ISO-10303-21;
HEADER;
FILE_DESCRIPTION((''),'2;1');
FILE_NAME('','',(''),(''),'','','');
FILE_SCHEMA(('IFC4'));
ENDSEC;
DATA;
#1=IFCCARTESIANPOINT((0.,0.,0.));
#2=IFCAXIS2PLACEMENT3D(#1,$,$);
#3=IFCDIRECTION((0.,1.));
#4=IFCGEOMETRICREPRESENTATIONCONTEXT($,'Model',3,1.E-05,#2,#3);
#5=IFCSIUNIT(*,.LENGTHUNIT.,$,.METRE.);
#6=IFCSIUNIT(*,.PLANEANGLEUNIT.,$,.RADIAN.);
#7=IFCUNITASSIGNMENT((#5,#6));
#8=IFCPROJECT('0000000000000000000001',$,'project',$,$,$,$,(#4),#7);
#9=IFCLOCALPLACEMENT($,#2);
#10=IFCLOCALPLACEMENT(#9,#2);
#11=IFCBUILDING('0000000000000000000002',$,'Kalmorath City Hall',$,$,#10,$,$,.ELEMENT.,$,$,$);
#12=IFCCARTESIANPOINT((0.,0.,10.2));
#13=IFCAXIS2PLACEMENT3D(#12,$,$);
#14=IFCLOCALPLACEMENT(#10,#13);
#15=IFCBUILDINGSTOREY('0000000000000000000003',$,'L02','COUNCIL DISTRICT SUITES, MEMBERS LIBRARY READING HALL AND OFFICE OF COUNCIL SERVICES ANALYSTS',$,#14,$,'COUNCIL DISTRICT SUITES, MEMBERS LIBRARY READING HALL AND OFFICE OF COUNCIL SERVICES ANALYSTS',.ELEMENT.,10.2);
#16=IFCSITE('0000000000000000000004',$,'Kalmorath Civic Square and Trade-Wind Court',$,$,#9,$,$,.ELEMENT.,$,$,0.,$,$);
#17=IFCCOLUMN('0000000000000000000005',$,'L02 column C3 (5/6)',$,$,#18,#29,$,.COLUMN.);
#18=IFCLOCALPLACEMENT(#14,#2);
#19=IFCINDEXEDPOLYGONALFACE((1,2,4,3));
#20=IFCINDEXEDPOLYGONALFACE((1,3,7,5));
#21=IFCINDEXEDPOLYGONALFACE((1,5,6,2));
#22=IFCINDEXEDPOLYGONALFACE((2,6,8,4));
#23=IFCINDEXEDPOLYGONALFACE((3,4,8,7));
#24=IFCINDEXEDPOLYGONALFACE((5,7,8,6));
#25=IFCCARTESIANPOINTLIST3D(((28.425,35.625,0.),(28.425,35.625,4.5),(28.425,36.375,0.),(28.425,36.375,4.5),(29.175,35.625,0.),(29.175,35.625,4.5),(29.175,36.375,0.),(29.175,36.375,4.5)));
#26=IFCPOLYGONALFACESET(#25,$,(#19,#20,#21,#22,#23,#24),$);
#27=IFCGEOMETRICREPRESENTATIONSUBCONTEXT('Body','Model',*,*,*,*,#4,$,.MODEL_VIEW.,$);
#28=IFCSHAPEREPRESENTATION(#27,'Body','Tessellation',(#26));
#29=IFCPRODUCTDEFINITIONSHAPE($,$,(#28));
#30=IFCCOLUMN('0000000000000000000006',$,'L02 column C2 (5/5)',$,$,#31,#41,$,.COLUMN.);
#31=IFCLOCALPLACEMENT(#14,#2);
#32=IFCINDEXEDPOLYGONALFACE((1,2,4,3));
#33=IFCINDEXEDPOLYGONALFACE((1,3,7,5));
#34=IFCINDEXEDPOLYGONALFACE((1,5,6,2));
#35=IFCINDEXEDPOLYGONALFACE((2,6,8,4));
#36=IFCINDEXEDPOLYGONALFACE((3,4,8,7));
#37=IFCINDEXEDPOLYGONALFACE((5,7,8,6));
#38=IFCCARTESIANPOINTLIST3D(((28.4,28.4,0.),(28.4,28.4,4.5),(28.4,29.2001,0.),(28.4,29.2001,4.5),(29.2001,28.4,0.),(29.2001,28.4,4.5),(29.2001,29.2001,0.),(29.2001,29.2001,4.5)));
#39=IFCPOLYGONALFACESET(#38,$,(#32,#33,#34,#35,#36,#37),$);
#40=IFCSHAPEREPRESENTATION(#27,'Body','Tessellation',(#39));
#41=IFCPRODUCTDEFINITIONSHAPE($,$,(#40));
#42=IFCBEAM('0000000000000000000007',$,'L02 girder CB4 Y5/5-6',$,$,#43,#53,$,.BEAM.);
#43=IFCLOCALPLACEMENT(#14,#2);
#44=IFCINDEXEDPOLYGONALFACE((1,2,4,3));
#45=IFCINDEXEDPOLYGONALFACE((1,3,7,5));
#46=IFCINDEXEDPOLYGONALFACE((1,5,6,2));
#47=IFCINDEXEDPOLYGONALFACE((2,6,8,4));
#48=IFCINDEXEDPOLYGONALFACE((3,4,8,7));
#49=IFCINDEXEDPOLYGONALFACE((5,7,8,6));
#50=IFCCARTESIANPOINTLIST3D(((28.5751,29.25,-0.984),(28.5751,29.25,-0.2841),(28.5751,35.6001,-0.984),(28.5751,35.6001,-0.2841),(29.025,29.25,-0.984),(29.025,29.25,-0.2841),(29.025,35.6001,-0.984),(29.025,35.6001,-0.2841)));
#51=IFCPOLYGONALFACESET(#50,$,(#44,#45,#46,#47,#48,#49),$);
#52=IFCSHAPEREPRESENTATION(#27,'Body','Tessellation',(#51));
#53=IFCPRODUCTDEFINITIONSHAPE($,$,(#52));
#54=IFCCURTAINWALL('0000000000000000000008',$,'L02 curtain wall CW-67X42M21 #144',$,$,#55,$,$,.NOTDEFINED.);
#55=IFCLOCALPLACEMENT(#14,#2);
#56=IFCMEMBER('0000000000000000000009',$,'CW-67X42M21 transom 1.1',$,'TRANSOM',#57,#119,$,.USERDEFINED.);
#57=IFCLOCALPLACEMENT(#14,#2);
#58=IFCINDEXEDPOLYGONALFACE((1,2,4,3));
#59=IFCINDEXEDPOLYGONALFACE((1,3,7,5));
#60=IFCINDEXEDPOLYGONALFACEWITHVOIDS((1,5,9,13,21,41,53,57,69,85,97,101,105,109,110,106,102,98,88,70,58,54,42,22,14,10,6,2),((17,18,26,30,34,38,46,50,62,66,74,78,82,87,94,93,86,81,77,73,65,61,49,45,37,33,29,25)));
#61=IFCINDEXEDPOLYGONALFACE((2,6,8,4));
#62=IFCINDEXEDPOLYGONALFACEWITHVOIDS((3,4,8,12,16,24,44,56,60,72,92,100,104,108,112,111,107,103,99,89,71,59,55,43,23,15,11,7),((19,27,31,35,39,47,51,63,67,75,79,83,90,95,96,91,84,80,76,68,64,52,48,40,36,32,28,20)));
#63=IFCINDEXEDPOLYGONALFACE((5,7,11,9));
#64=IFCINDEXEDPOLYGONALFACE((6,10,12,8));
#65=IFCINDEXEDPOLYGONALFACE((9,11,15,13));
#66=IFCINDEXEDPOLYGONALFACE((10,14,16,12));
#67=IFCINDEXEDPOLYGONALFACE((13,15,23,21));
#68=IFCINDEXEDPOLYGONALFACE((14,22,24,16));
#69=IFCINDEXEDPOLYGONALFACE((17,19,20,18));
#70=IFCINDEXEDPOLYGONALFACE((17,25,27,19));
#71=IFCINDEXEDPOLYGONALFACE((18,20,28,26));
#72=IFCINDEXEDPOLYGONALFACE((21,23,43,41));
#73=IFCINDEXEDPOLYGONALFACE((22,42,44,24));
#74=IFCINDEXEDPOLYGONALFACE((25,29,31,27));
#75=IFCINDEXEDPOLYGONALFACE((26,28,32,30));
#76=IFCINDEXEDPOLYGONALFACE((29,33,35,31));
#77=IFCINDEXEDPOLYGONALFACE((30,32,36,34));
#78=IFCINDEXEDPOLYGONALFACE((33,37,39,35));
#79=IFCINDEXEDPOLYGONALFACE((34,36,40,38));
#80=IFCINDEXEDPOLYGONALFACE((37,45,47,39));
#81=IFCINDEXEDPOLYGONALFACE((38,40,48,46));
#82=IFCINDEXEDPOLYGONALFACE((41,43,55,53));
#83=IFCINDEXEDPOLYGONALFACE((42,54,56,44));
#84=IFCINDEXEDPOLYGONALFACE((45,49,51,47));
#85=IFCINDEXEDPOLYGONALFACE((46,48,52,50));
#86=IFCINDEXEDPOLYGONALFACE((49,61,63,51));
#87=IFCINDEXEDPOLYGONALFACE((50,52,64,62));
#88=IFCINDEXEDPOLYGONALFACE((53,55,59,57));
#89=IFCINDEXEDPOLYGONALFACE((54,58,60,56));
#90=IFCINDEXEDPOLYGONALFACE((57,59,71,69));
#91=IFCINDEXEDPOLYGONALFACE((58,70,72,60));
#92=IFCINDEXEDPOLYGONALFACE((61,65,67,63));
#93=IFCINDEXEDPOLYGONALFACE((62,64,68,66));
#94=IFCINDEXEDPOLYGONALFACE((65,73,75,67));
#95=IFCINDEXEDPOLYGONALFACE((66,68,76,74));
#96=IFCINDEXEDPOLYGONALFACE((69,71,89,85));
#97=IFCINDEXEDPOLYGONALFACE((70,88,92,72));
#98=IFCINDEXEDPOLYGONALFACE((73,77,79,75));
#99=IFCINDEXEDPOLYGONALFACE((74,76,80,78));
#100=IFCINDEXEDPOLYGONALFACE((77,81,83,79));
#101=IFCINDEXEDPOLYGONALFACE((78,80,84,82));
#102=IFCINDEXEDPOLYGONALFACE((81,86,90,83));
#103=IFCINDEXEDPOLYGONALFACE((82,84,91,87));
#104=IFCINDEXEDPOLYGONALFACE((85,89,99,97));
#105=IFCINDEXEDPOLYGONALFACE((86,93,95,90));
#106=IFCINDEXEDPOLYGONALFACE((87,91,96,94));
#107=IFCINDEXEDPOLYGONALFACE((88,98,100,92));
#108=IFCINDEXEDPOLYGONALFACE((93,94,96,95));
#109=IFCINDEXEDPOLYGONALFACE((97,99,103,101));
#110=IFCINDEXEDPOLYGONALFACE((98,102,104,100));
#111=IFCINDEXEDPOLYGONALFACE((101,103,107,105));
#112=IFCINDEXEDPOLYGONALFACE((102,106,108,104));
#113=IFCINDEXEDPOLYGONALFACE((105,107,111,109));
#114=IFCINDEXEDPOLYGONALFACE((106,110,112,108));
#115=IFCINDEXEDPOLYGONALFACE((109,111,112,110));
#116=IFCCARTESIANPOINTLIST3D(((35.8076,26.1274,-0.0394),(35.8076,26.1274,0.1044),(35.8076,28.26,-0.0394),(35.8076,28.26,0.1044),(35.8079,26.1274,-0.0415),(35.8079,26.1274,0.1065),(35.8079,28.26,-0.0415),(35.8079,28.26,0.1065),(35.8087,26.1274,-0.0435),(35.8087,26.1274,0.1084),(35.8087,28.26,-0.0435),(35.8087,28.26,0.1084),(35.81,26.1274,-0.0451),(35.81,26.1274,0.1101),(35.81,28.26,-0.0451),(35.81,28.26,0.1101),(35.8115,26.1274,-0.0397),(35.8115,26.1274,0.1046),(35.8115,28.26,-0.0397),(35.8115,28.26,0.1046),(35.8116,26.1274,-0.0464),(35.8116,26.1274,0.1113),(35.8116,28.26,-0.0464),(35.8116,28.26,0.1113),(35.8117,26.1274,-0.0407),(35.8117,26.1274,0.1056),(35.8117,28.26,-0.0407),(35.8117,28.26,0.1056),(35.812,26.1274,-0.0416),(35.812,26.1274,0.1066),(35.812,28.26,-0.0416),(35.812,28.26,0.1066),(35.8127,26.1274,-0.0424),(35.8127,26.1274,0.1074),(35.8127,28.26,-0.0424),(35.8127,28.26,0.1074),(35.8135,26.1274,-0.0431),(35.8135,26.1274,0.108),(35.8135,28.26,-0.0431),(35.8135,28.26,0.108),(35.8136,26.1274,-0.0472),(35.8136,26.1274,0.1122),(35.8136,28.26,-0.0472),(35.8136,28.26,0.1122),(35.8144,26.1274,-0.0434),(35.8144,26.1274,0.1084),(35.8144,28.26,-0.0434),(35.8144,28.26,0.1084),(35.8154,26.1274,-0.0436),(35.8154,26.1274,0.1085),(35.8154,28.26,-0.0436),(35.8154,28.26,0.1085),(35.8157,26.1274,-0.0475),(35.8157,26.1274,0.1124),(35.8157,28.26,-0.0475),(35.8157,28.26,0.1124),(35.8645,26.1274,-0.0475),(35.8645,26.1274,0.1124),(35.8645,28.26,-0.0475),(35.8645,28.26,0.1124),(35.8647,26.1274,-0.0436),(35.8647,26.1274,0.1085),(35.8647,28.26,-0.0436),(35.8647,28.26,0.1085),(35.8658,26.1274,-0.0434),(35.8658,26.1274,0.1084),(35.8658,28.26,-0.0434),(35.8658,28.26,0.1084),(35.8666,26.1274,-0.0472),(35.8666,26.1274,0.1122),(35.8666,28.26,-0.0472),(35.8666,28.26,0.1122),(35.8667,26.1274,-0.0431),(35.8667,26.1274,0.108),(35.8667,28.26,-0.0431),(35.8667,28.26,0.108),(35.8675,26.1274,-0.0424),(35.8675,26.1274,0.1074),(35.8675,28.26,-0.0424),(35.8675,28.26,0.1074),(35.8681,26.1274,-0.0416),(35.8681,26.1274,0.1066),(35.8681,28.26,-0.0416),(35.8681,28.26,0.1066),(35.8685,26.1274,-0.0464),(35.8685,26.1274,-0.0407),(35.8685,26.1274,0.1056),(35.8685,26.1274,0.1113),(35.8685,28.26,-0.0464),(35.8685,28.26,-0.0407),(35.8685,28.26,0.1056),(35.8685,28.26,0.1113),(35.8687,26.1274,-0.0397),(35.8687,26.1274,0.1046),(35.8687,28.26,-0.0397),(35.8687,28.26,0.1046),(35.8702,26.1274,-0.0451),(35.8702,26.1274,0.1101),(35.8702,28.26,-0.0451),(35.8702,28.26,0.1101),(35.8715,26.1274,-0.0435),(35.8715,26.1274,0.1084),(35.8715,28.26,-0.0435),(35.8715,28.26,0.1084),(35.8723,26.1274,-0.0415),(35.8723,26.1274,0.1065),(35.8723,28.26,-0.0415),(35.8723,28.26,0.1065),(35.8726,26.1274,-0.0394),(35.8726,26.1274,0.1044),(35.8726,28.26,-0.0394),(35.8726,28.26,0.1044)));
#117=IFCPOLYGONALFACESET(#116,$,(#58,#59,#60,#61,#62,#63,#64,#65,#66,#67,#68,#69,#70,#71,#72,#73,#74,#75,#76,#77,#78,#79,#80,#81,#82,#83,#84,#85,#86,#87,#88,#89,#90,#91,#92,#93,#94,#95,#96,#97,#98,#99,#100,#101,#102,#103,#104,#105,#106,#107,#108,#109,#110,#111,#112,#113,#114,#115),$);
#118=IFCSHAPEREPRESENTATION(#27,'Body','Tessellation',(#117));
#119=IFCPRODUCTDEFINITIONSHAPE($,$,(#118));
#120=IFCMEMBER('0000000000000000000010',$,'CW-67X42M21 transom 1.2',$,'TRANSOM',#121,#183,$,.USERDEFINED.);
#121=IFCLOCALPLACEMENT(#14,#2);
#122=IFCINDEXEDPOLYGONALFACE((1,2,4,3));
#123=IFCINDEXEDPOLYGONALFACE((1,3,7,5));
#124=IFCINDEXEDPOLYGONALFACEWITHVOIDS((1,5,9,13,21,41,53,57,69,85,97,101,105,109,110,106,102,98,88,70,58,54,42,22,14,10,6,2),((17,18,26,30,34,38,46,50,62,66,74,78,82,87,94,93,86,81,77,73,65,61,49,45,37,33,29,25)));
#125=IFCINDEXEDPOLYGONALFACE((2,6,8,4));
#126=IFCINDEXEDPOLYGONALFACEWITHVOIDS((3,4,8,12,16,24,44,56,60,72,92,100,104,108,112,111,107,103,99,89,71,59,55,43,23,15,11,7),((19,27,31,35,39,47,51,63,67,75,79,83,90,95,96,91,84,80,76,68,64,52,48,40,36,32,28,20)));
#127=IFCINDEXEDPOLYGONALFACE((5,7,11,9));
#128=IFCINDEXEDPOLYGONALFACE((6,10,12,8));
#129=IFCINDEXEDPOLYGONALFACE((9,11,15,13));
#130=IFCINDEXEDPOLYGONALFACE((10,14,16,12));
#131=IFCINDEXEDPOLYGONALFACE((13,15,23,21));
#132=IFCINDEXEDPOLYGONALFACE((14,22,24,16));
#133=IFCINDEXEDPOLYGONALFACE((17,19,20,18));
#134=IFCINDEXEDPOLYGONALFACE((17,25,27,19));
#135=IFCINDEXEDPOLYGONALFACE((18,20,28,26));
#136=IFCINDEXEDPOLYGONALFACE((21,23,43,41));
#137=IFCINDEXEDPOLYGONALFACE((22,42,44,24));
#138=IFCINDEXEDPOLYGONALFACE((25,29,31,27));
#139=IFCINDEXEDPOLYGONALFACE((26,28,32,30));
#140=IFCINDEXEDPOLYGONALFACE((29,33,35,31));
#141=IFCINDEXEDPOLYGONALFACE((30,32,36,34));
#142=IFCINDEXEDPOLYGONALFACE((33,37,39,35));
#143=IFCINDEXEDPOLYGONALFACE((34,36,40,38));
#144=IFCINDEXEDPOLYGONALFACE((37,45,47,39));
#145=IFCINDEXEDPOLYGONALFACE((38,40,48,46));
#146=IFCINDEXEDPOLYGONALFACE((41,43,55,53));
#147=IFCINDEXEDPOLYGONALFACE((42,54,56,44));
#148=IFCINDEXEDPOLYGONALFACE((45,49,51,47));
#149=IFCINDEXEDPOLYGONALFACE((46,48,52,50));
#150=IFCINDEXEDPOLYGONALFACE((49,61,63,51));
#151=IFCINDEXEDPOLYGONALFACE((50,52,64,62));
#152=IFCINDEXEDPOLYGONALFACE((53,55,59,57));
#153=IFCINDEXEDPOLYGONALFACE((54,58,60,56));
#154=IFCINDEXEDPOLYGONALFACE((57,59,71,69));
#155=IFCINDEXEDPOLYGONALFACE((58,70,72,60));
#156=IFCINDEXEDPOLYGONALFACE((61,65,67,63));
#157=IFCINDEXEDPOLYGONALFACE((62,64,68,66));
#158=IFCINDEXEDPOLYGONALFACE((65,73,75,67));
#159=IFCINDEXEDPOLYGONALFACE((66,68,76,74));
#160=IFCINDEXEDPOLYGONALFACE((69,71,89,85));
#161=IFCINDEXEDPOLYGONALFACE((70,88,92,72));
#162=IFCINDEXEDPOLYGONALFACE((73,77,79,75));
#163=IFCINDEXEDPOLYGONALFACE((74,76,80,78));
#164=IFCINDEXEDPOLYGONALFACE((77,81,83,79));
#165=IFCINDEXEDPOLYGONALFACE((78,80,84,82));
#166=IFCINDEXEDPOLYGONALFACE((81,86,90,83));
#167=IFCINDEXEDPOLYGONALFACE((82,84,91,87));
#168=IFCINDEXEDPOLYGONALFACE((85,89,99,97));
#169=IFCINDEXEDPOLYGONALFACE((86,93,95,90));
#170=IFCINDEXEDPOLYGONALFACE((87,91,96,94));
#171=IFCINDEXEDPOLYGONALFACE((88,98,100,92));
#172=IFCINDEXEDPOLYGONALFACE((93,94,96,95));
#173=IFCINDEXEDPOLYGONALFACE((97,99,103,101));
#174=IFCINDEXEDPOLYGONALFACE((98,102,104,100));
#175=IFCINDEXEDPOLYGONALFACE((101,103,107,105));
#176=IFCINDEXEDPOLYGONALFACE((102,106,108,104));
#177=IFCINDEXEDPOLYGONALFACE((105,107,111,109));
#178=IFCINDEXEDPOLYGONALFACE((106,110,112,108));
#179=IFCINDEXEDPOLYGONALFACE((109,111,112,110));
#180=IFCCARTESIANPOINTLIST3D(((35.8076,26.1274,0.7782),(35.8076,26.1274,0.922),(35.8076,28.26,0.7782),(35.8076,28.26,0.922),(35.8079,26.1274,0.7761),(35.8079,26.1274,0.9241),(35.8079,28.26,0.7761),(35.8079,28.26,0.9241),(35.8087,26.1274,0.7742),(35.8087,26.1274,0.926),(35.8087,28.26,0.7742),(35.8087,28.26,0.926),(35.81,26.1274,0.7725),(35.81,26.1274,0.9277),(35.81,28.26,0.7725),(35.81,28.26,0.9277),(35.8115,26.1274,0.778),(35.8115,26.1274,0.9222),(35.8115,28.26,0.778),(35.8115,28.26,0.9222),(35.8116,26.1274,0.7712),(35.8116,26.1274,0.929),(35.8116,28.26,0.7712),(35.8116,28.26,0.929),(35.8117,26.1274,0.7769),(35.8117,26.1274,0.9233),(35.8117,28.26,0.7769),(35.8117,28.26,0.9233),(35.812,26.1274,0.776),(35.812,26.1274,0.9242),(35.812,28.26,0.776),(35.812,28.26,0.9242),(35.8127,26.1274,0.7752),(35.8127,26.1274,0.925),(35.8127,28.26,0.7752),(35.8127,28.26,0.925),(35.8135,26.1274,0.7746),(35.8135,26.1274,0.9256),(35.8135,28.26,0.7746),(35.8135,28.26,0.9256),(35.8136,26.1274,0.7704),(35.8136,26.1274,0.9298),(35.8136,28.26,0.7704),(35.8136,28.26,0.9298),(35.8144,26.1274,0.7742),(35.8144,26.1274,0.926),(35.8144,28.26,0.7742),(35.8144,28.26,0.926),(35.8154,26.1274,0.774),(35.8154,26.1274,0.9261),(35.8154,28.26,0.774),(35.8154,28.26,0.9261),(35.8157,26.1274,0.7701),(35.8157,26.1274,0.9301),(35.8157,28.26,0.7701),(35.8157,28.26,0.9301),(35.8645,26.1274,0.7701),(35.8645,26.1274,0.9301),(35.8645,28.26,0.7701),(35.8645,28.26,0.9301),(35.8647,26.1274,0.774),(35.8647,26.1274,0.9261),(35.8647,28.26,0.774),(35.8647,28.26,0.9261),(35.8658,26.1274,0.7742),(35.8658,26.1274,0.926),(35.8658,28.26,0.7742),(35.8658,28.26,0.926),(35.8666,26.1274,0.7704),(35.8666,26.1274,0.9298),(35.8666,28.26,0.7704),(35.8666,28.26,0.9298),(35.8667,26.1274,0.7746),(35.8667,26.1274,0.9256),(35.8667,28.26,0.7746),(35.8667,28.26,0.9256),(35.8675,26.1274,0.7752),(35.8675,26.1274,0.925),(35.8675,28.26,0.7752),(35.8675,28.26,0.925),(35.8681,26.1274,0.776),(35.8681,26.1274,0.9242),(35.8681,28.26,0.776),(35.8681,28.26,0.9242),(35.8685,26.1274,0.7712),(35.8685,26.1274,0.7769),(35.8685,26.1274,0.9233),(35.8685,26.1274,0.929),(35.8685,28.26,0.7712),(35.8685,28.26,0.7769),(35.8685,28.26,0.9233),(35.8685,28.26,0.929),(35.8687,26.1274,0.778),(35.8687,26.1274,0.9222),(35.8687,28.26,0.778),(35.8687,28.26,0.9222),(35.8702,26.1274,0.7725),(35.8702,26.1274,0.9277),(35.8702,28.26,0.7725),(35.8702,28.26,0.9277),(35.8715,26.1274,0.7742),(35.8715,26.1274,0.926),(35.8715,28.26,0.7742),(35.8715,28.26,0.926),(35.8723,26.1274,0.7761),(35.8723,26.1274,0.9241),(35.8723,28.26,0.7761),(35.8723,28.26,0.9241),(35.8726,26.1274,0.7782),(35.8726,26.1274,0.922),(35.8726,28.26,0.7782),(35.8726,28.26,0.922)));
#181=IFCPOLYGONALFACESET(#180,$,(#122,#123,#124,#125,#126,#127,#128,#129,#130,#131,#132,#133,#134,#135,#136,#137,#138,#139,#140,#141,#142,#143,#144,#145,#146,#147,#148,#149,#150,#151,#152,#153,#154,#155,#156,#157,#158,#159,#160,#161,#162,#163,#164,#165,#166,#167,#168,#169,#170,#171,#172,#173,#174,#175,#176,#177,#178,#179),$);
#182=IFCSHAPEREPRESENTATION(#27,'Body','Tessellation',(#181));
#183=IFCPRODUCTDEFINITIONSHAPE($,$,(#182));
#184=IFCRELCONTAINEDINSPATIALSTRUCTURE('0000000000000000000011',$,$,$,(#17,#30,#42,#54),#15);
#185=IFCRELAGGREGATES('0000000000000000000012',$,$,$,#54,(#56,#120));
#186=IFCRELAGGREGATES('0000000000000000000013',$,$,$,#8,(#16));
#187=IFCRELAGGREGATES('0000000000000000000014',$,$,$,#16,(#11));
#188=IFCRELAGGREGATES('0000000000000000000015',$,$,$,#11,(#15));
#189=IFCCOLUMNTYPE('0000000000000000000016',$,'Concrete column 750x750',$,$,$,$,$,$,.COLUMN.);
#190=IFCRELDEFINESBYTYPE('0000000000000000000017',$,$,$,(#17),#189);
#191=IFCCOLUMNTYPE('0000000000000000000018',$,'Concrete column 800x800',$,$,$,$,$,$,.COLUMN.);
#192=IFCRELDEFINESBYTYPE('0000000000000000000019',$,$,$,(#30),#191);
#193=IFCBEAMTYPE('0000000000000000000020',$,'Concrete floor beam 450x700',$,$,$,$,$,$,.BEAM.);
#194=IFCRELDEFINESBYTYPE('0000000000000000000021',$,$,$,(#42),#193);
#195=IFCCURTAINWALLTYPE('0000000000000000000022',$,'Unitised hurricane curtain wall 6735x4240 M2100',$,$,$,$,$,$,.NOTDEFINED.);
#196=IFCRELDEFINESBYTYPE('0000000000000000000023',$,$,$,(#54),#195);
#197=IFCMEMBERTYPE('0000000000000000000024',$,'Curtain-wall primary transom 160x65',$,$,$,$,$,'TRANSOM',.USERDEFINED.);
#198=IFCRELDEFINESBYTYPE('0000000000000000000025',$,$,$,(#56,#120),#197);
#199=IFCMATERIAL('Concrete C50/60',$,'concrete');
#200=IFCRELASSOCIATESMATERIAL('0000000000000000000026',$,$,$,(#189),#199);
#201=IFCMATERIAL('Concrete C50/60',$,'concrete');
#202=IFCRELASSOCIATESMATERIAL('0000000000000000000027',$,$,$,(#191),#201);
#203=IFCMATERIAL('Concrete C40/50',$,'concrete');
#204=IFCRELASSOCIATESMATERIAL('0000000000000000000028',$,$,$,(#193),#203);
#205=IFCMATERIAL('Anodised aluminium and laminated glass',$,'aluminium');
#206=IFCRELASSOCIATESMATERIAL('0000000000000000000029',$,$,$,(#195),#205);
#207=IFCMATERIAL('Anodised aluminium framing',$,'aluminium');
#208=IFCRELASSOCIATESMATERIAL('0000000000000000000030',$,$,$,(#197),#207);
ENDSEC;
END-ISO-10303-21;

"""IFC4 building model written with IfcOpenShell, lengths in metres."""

from ifc_helpers import new_model, si_unit, direction, frame, origin, origin_2d, place, context, subcontext, project, spatial, rectangle, hollow_rectangle, extrude, material, material_profile, profile_set, type_object, element, aggregate, save


model = new_model("IFC4")

# Units and contexts
model_context = context("Model", 3, precision=1e-05, world=origin(), true_north=direction((0.0, 1.0)))
body_context = subcontext(model_context, "Body", "Model", "MODEL_VIEW")
ifc_project = project(units=[si_unit("LENGTHUNIT", "METRE"), si_unit("PLANEANGLEUNIT", "RADIAN")], contexts=[model_context])

# Site, building, storey
site_placement = place(None, origin())
site = spatial("IfcSite", under=ifc_project, at=site_placement, Name="Kalmorath Civic Square and Trade-Wind Court", CompositionType="ELEMENT", RefElevation=0.0)
building_placement = place(site_placement, origin())
building = spatial("IfcBuilding", under=site, at=building_placement, Name="Kalmorath City Hall", CompositionType="ELEMENT")
storey_placement = place(building_placement, frame((0.0, 0.0, 10.2)))
storey = spatial("IfcBuildingStorey", under=building, at=storey_placement, Name="L02", Description="COUNCIL DISTRICT SUITES, MEMBERS LIBRARY READING HALL AND OFFICE OF COUNCIL SERVICES ANALYSTS", LongName="COUNCIL DISTRICT SUITES, MEMBERS LIBRARY READING HALL AND OFFICE OF COUNCIL SERVICES ANALYSTS", CompositionType="ELEMENT", Elevation=10.2)

# Columns
ifc_material_1 = material(Name="Concrete C50/60", Category="concrete")
ifc_material_profile_1 = material_profile(ifc_material_1, rectangle(XDim=0.75, YDim=0.75, at=origin_2d()), Name="RC-COL-750X750")
ifc_profile_set_1 = profile_set([ifc_material_profile_1], Name="Concrete C50/60")
column_type_1 = type_object("IfcColumnType", Name="Concrete column 750x750", PredefinedType="COLUMN", material=ifc_profile_set_1)
column_1_placement = place(storey_placement, frame((28.8, 36.0, 0.0), z_axis=(0.0, 0.0, 1.0), x_axis=(1.0, 0.0, 0.0)))
element("IfcColumn", 1, at=column_1_placement, inside=storey, type_object=column_type_1, Name="L02 column C3 (5/6)", PredefinedType="COLUMN", context=body_context, shape_type="SweptSolid", body=[
    extrude(rectangle(XDim=0.75, YDim=0.75, at=origin_2d()), origin(), (0.0, 0.0, 1.0), 4.5),
])
ifc_material_2 = material(Name="Concrete C50/60", Category="concrete")
ifc_material_profile_2 = material_profile(ifc_material_2, rectangle(XDim=0.8, YDim=0.8, at=origin_2d()), Name="RC-COL-800X800")
ifc_profile_set_2 = profile_set([ifc_material_profile_2], Name="Concrete C50/60")
column_type_2 = type_object("IfcColumnType", Name="Concrete column 800x800", PredefinedType="COLUMN", material=ifc_profile_set_2)
column_2_placement = place(storey_placement, frame((28.8, 28.8, 0.0), z_axis=(0.0, 0.0, 1.0), x_axis=(1.0, 0.0, 0.0)))
element("IfcColumn", 2, at=column_2_placement, inside=storey, type_object=column_type_2, Name="L02 column C2 (5/5)", PredefinedType="COLUMN", context=body_context, shape_type="SweptSolid", body=[
    extrude(rectangle(XDim=0.8, YDim=0.8, at=origin_2d()), origin(), (0.0, 0.0, 1.0), 4.5),
])

# Beam
ifc_material_3 = material(Name="Concrete C40/50", Category="concrete")
ifc_material_profile_3 = material_profile(ifc_material_3, rectangle(XDim=0.45, YDim=0.7, at=origin_2d()), Name="RC-BM-450X700")
ifc_profile_set_3 = profile_set([ifc_material_profile_3], Name="Concrete C40/50")
beam_type_1 = type_object("IfcBeamType", Name="Concrete floor beam 450x700", PredefinedType="BEAM", material=ifc_profile_set_3)
beam_1_placement = place(storey_placement, frame((28.8, 29.25, -0.634), z_axis=(0.0, 1.0, 0.0), x_axis=(-1.0, 0.0, 0.0)))
element("IfcBeam", 3, at=beam_1_placement, inside=storey, type_object=beam_type_1, Name="L02 girder CB4 Y5/5-6", PredefinedType="BEAM", context=body_context, shape_type="SweptSolid", body=[
    extrude(rectangle(XDim=0.45, YDim=0.7, at=origin_2d()), origin(), (0.0, 0.0, 1.0), 6.3501),
])

# Curtain wall, members
ifc_material_4 = material(Name="Anodised aluminium and laminated glass", Category="aluminium")
curtain_wall_type = type_object("IfcCurtainWallType", Name="Unitised hurricane curtain wall 6735x4240 M2100", PredefinedType="NOTDEFINED", material=ifc_material_4)
curtain_wall_placement = place(storey_placement, origin())
curtain_wall = element("IfcCurtainWall", 4, at=curtain_wall_placement, inside=storey, type_object=curtain_wall_type, Name="L02 curtain wall CW-67X42M21 #144", PredefinedType="NOTDEFINED")
ifc_material_5 = material(Name="Anodised aluminium framing", Category="aluminium")
ifc_material_profile_4 = material_profile(ifc_material_5, hollow_rectangle(XDim=0.0649, YDim=0.1599, WallThickness=0.0039, InnerFilletRadius=0.0039, OuterFilletRadius=0.0081, at=origin_2d()), Name="ALU-TRN-160X65X4")
ifc_profile_set_4 = profile_set([ifc_material_profile_4], Name="Anodised aluminium framing")
member_type = type_object("IfcMemberType", Name="Curtain-wall primary transom 160x65", ElementType="TRANSOM", PredefinedType="USERDEFINED", material=ifc_profile_set_4)
member_1_placement = place(storey_placement, frame((35.8401, 28.26, 0.0325), z_axis=(0.0, -1.0, 0.0), x_axis=(1.0, 0.0, 0.0)))
member_1 = element("IfcMember", 5, at=member_1_placement, type_object=member_type, Name="CW-67X42M21 transom 1.1", ObjectType="TRANSOM", PredefinedType="USERDEFINED", context=body_context, shape_type="SweptSolid", body=[
    extrude(hollow_rectangle(XDim=0.0649, YDim=0.1599, WallThickness=0.0039, InnerFilletRadius=0.0039, OuterFilletRadius=0.0081, at=origin_2d()), origin(), (0.0, 0.0, 1.0), 2.1326),
])
member_2_placement = place(storey_placement, frame((35.8401, 28.26, 0.8501), z_axis=(0.0, -1.0, 0.0), x_axis=(1.0, 0.0, 0.0)))
member_2 = element("IfcMember", 6, at=member_2_placement, type_object=member_type, Name="CW-67X42M21 transom 1.2", ObjectType="TRANSOM", PredefinedType="USERDEFINED", context=body_context, shape_type="SweptSolid", body=[
    extrude(hollow_rectangle(XDim=0.0649, YDim=0.1599, WallThickness=0.0039, InnerFilletRadius=0.0039, OuterFilletRadius=0.0081, at=origin_2d()), origin(), (0.0, 0.0, 1.0), 2.1326),
])

aggregate(curtain_wall, [member_1, member_2])

save(model, "model.ifc")
